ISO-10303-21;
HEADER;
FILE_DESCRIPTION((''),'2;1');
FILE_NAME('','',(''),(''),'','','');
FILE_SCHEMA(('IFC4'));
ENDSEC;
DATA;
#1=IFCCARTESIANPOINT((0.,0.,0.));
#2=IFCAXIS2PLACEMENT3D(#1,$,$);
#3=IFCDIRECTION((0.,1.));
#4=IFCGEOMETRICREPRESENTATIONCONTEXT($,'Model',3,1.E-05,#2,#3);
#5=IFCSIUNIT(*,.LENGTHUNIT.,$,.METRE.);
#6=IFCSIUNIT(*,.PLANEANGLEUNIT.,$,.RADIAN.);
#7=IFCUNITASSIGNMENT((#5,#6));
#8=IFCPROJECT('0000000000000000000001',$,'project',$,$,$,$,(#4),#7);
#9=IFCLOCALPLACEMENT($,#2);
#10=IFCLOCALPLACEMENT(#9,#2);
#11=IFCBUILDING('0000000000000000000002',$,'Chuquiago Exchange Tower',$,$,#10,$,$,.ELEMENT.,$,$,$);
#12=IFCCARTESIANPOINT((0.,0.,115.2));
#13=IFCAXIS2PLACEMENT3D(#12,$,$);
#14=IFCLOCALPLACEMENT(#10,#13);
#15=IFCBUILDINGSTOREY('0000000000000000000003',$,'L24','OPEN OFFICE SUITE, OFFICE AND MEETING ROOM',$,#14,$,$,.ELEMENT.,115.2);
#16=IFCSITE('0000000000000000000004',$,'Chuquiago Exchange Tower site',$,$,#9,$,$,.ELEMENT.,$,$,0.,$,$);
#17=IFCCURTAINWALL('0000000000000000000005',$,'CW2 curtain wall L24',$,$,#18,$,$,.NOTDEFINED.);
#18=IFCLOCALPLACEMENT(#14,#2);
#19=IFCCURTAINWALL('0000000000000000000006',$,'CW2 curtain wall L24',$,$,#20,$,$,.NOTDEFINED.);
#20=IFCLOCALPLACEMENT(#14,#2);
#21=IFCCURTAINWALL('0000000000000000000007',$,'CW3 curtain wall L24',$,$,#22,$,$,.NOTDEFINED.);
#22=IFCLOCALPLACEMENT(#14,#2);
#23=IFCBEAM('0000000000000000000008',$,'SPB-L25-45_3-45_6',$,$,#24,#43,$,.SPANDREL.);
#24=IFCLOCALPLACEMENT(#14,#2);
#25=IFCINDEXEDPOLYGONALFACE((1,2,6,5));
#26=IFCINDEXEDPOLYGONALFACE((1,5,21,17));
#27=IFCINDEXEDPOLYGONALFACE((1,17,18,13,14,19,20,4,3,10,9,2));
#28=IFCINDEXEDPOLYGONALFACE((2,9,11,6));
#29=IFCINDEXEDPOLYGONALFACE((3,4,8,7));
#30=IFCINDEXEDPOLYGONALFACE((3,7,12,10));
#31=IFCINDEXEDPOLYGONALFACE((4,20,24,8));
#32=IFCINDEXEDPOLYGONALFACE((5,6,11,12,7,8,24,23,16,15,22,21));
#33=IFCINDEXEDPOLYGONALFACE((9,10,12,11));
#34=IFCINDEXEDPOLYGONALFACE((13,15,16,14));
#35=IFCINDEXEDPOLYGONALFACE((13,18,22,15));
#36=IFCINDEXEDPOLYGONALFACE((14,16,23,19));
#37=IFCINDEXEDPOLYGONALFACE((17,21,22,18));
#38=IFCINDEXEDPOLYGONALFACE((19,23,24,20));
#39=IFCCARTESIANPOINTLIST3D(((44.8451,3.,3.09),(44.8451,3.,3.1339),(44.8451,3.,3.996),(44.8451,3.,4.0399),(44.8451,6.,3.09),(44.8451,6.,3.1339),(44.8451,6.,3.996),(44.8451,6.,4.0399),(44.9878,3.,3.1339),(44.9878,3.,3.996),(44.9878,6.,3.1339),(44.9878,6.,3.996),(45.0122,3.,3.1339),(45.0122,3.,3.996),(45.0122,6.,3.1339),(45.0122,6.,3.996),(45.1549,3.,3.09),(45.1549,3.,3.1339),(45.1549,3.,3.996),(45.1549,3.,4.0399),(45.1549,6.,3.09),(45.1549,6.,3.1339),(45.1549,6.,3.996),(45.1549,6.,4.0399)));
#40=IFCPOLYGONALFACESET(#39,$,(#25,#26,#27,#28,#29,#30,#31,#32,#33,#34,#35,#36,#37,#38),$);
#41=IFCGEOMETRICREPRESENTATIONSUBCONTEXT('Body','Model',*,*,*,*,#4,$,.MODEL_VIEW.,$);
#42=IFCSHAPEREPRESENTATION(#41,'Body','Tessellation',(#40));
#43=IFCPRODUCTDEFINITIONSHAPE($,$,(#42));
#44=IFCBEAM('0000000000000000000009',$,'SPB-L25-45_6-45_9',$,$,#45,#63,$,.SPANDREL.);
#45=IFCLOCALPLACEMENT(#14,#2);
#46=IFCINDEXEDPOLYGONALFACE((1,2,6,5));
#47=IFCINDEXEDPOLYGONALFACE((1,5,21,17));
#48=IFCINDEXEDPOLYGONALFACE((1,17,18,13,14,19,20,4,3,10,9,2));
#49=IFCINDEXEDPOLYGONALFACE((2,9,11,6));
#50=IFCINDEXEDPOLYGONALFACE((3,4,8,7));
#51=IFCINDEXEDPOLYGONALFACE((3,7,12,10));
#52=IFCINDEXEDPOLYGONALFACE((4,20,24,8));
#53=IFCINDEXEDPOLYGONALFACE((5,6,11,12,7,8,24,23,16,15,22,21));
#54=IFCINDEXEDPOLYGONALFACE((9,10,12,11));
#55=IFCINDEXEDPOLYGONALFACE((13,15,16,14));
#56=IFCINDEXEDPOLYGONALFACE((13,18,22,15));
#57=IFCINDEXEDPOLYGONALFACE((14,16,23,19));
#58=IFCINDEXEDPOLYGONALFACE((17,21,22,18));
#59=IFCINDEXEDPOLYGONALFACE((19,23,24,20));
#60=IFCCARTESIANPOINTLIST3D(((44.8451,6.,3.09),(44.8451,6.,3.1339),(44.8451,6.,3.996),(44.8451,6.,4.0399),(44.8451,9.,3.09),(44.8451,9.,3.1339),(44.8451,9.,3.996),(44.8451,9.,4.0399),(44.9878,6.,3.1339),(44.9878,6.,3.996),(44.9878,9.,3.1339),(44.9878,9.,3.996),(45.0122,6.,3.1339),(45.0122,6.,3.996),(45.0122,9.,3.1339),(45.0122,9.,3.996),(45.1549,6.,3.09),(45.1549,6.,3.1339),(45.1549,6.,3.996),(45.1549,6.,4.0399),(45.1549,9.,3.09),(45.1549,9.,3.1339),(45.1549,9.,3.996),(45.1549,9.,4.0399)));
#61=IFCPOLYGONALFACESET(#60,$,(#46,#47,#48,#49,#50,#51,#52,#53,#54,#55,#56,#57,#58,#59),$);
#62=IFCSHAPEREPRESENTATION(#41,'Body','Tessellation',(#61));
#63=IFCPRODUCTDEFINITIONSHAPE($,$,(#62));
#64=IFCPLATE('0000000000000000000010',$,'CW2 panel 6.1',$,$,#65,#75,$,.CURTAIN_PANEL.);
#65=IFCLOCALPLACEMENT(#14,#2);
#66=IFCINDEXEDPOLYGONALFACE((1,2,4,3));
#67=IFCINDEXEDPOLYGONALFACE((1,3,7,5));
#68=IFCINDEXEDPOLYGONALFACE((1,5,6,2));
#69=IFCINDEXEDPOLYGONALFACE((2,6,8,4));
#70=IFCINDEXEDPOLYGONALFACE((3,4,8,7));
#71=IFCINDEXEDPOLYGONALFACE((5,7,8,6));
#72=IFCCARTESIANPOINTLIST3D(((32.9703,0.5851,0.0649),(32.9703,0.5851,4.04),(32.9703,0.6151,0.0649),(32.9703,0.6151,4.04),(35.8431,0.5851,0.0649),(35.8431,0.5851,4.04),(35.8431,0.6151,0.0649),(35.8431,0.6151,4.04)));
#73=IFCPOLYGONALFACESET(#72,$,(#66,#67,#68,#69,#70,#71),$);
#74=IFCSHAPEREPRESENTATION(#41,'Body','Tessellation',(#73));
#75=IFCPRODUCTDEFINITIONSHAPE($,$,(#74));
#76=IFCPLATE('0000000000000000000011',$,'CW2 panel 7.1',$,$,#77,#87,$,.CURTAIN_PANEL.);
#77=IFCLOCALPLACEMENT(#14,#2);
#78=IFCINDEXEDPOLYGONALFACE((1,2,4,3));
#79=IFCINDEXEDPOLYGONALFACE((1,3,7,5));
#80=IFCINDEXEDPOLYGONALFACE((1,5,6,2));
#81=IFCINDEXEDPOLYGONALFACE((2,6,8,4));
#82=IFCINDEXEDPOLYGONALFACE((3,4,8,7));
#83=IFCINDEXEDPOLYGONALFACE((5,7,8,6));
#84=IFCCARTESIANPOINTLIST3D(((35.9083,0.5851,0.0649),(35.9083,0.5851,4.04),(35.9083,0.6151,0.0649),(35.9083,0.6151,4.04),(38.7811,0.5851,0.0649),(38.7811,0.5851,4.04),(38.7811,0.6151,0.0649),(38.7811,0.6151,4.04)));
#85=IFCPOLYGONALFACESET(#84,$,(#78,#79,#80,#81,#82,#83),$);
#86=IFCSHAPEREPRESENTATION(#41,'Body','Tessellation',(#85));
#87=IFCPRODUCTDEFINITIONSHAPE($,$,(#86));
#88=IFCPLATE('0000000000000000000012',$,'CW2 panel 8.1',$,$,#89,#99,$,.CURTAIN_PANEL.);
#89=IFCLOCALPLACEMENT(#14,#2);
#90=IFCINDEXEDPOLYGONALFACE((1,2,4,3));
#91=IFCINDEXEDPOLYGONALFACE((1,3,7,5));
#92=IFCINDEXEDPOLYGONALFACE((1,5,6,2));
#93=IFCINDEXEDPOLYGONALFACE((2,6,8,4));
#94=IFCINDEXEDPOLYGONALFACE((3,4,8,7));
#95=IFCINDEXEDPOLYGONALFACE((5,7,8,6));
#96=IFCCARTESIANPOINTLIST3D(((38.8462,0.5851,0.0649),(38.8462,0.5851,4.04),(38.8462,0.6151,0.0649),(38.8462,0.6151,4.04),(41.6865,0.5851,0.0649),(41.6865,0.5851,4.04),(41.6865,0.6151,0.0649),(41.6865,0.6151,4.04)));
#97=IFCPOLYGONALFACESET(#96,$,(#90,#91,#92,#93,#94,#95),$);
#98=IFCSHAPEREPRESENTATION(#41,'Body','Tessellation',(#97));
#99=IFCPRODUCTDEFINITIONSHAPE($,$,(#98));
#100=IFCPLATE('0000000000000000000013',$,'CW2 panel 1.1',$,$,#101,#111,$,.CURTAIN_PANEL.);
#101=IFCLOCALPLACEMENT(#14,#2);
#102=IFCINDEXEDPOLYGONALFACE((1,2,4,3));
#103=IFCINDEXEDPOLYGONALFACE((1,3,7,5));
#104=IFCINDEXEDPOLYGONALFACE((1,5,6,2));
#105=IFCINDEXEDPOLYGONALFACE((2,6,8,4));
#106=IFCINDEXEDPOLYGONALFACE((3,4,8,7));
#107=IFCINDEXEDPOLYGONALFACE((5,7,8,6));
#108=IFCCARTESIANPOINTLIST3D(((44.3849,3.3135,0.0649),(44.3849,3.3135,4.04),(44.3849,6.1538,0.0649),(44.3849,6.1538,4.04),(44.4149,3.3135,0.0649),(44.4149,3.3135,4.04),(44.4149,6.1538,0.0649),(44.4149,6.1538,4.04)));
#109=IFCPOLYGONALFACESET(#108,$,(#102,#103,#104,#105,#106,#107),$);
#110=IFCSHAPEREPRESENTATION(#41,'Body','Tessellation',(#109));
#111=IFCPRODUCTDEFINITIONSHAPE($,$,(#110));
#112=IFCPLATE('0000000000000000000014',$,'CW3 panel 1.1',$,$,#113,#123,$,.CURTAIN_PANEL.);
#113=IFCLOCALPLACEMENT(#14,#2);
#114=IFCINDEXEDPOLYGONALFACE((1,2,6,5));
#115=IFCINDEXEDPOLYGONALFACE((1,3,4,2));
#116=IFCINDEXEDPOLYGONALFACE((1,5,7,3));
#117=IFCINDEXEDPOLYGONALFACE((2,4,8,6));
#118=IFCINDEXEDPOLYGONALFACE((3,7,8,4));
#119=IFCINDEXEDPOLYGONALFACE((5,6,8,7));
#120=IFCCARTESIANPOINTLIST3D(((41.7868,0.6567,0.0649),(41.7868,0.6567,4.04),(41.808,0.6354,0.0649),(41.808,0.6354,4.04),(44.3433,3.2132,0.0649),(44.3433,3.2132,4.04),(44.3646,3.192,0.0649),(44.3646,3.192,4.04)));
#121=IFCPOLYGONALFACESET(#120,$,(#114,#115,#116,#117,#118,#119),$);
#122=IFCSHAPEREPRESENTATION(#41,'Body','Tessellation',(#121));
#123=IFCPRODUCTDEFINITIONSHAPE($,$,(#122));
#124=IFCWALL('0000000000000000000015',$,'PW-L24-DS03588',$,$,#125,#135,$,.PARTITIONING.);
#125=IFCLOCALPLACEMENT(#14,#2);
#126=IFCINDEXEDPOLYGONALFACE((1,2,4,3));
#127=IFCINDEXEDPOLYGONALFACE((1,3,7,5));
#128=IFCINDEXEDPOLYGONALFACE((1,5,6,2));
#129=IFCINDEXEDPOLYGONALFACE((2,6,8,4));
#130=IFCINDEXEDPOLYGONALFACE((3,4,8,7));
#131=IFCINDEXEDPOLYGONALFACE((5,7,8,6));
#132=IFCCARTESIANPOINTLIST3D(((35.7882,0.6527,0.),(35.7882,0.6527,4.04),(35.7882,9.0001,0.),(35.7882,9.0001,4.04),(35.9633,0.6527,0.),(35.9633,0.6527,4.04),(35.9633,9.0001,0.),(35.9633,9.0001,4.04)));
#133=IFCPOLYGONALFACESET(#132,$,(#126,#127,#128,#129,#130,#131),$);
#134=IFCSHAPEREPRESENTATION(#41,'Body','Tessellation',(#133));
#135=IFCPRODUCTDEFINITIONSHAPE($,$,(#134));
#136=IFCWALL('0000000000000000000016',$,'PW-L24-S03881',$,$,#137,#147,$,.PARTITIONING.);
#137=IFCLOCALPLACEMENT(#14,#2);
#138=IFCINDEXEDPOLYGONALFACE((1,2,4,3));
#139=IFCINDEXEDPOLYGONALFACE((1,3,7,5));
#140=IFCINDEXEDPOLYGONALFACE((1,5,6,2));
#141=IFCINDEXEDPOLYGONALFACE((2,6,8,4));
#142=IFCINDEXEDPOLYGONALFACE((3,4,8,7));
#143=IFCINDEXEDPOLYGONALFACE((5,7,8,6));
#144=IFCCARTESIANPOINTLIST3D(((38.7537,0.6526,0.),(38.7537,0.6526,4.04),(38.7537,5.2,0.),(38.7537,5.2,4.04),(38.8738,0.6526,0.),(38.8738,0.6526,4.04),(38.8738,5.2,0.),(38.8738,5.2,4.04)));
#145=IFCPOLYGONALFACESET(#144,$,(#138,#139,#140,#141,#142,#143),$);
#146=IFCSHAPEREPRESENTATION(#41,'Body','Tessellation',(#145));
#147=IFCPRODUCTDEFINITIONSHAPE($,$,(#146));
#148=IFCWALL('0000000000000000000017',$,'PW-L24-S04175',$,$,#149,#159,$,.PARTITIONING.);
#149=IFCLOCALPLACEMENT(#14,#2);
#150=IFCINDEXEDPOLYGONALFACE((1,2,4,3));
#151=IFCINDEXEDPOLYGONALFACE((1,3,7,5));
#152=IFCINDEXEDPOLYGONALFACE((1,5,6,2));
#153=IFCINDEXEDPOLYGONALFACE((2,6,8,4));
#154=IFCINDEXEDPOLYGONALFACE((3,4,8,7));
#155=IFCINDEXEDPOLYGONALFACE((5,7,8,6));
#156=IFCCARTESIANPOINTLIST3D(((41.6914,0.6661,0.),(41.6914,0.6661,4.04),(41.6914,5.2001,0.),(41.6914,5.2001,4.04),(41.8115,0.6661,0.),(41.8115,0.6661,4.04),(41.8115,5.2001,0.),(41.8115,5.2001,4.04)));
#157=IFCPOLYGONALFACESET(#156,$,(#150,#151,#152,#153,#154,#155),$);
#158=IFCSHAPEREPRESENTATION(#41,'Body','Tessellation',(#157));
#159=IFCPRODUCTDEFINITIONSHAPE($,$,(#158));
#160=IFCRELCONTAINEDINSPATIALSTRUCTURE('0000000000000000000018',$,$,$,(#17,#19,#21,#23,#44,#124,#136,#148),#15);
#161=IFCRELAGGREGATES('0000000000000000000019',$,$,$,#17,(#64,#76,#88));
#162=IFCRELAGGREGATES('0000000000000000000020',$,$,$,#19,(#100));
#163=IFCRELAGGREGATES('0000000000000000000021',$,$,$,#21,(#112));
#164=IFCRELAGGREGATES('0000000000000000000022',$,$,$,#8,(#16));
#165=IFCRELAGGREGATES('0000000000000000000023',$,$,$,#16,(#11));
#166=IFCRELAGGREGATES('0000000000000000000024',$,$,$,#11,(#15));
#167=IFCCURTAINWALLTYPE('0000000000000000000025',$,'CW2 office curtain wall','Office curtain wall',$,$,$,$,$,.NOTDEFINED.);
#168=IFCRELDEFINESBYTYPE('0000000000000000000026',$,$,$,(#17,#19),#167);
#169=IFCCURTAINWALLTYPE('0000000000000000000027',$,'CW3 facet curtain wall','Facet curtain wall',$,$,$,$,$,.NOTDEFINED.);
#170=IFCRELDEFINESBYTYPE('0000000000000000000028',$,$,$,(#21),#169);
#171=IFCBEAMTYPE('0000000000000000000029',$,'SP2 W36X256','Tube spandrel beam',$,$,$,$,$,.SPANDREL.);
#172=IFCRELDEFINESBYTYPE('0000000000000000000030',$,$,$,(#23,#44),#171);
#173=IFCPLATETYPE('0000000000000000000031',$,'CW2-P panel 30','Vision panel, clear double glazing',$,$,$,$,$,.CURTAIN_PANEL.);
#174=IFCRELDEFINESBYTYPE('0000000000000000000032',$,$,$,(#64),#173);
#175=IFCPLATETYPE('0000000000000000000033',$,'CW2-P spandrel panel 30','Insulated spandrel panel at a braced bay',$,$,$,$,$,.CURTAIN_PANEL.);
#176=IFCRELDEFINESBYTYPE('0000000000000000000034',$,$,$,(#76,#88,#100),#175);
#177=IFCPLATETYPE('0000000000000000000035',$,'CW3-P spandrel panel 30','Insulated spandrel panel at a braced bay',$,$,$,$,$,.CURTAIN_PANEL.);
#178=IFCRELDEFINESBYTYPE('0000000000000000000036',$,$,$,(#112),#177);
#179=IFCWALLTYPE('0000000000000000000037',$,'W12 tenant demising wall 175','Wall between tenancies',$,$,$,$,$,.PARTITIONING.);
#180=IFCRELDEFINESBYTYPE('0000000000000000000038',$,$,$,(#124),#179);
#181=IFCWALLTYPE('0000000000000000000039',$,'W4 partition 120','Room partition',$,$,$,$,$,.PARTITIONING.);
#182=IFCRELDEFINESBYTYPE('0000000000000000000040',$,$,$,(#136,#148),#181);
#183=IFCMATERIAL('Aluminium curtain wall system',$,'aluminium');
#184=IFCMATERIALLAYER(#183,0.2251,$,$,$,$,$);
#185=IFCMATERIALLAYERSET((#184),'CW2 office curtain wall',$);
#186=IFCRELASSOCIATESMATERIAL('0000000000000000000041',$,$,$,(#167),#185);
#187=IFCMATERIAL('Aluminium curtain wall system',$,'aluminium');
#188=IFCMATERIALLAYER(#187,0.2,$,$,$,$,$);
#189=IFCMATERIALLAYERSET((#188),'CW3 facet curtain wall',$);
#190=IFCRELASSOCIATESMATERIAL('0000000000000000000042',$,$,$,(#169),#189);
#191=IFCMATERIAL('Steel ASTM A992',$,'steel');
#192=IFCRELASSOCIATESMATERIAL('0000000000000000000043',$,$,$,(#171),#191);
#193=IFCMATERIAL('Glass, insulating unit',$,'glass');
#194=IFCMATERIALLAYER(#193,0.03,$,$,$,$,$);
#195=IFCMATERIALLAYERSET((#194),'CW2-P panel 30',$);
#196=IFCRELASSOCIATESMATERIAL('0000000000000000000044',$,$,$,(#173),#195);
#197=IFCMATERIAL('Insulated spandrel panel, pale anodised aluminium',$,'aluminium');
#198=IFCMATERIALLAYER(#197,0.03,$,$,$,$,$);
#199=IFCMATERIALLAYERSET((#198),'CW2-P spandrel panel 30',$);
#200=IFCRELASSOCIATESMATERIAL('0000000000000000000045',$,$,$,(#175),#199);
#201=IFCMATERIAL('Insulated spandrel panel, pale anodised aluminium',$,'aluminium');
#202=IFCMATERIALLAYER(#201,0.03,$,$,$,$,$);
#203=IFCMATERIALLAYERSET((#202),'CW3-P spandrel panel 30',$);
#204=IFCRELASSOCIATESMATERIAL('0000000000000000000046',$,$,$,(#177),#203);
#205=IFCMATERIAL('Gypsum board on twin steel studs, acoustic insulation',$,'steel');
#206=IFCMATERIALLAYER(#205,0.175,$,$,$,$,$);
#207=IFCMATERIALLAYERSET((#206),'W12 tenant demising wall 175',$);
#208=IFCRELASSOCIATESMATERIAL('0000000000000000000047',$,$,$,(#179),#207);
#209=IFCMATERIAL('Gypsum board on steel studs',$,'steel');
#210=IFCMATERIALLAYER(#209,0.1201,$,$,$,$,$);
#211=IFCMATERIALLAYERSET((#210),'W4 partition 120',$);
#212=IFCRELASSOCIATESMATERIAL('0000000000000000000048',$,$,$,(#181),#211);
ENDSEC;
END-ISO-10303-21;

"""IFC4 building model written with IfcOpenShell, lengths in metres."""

from ifc_helpers import new_model, si_unit, direction, frame, frame_2d, origin, origin_2d, place, context, subcontext, project, spatial, rectangle, i_section, extrude, material, layer, layer_set, material_profile, profile_set, type_object, element, aggregate, save


model = new_model("IFC4")

# Units and contexts
model_context = context("Model", 3, precision=1e-05, world=origin(), true_north=direction((0.0, 1.0)))
body_context = subcontext(model_context, "Body", "Model", "MODEL_VIEW")
ifc_project = project(units=[si_unit("LENGTHUNIT", "METRE"), si_unit("PLANEANGLEUNIT", "RADIAN")], contexts=[model_context])

# Site, building, storey
site_placement = place(None, origin())
site = spatial("IfcSite", under=ifc_project, at=site_placement, Name="Chuquiago Exchange Tower site", CompositionType="ELEMENT", RefElevation=0.0)
building_placement = place(site_placement, origin())
building = spatial("IfcBuilding", under=site, at=building_placement, Name="Chuquiago Exchange Tower", CompositionType="ELEMENT")
storey_placement = place(building_placement, frame((0.0, 0.0, 115.2)))
storey = spatial("IfcBuildingStorey", under=building, at=storey_placement, Name="L24", Description="OPEN OFFICE SUITE, OFFICE AND MEETING ROOM", CompositionType="ELEMENT", Elevation=115.2)

# Curtain walls
ifc_material_1 = material(Name="Aluminium curtain wall system", Category="aluminium")
ifc_layer_1 = layer(ifc_material_1, 0.2251)
ifc_layer_set_1 = layer_set([ifc_layer_1], Name="CW2 office curtain wall")
curtain_wall_type_1 = type_object("IfcCurtainWallType", Name="CW2 office curtain wall", Description="Office curtain wall", PredefinedType="NOTDEFINED", material=ifc_layer_set_1)
curtain_wall_1_placement = place(storey_placement, origin())
curtain_wall_1 = element("IfcCurtainWall", 1, at=curtain_wall_1_placement, inside=storey, type_object=curtain_wall_type_1, Name="CW2 curtain wall L24", PredefinedType="NOTDEFINED")
curtain_wall_2_placement = place(storey_placement, origin())
curtain_wall_2 = element("IfcCurtainWall", 2, at=curtain_wall_2_placement, inside=storey, type_object=curtain_wall_type_1, Name="CW2 curtain wall L24", PredefinedType="NOTDEFINED")

# Curtain wall
ifc_material_2 = material(Name="Aluminium curtain wall system", Category="aluminium")
ifc_layer_2 = layer(ifc_material_2, 0.2)
ifc_layer_set_2 = layer_set([ifc_layer_2], Name="CW3 facet curtain wall")
curtain_wall_type_2 = type_object("IfcCurtainWallType", Name="CW3 facet curtain wall", Description="Facet curtain wall", PredefinedType="NOTDEFINED", material=ifc_layer_set_2)
curtain_wall_3_placement = place(storey_placement, origin())
curtain_wall_3 = element("IfcCurtainWall", 3, at=curtain_wall_3_placement, inside=storey, type_object=curtain_wall_type_2, Name="CW3 curtain wall L24", PredefinedType="NOTDEFINED")

# Beams
ifc_material_3 = material(Name="Steel ASTM A992", Category="steel")
ifc_material_profile_1 = material_profile(ifc_material_3, i_section(OverallWidth=0.3098, OverallDepth=0.95, WebThickness=0.0244, FlangeThickness=0.0439, at=origin_2d()), Name="W36X256")
ifc_profile_set_1 = profile_set([ifc_material_profile_1], Name="Steel ASTM A992")
beam_type = type_object("IfcBeamType", Name="SP2 W36X256", Description="Tube spandrel beam", PredefinedType="SPANDREL", material=ifc_profile_set_1)
for number, where, z_axis, x_axis, name in (
    (4, (45.0, 3.0, 3.5649), (0.0, 1.0, 0.0), (-1.0, 0.0, 0.0), "SPB-L25-45_3-45_6"),
    (5, (45.0, 6.0, 3.5649), (0.0, 1.0, 0.0), (-1.0, 0.0, 0.0), "SPB-L25-45_6-45_9"),
):
    element("IfcBeam", number, at=place(storey_placement, frame(where, z_axis=z_axis, x_axis=x_axis)), inside=storey, type_object=beam_type, Name=name, PredefinedType="SPANDREL", context=body_context, shape_type="SweptSolid", body=[
        extrude(i_section(OverallWidth=0.3098, OverallDepth=0.95, WebThickness=0.0244, FlangeThickness=0.0439, at=origin_2d()), origin(), (0.0, 0.0, 1.0), 3.0),
    ])

# Plates
ifc_material_4 = material(Name="Glass, insulating unit", Category="glass")
ifc_layer_3 = layer(ifc_material_4, 0.03)
ifc_layer_set_3 = layer_set([ifc_layer_3], Name="CW2-P panel 30")
plate_type_1 = type_object("IfcPlateType", Name="CW2-P panel 30", Description="Vision panel, clear double glazing", PredefinedType="CURTAIN_PANEL", material=ifc_layer_set_3)
plate_1_placement = place(storey_placement, frame((34.4067, 0.6001, 0.0649), z_axis=(0.0, 0.0, 1.0), x_axis=(1.0, 0.0, 0.0)))
plate_1 = element("IfcPlate", 6, at=plate_1_placement, type_object=plate_type_1, Name="CW2 panel 6.1", PredefinedType="CURTAIN_PANEL", context=body_context, shape_type="SweptSolid", body=[
    extrude(rectangle(XDim=2.8728, YDim=0.03, at=origin_2d()), origin(), (0.0, 0.0, 1.0), 3.9751),
])
ifc_material_5 = material(Name="Insulated spandrel panel, pale anodised aluminium", Category="aluminium")
ifc_layer_4 = layer(ifc_material_5, 0.03)
ifc_layer_set_4 = layer_set([ifc_layer_4], Name="CW2-P spandrel panel 30")
plate_type_2 = type_object("IfcPlateType", Name="CW2-P spandrel panel 30", Description="Insulated spandrel panel at a braced bay", PredefinedType="CURTAIN_PANEL", material=ifc_layer_set_4)
plate_2_placement = place(storey_placement, frame((37.3447, 0.6001, 0.0649), z_axis=(0.0, 0.0, 1.0), x_axis=(1.0, 0.0, 0.0)))
plate_2 = element("IfcPlate", 7, at=plate_2_placement, type_object=plate_type_2, Name="CW2 panel 7.1", PredefinedType="CURTAIN_PANEL", context=body_context, shape_type="SweptSolid", body=[
    extrude(rectangle(XDim=2.8728, YDim=0.03, at=origin_2d()), origin(), (0.0, 0.0, 1.0), 3.9751),
])
plate_3_placement = place(storey_placement, frame((40.2664, 0.6001, 0.0649), z_axis=(0.0, 0.0, 1.0), x_axis=(1.0, 0.0, 0.0)))
plate_3 = element("IfcPlate", 8, at=plate_3_placement, type_object=plate_type_2, Name="CW2 panel 8.1", PredefinedType="CURTAIN_PANEL", context=body_context, shape_type="SweptSolid", body=[
    extrude(rectangle(XDim=2.8403, YDim=0.03, at=origin_2d()), origin(), (0.0, 0.0, 1.0), 3.9751),
])
aggregate(curtain_wall_1, [plate_1, plate_2, plate_3])
plate_4_placement = place(storey_placement, frame((44.3999, 4.7336, 0.0649), z_axis=(0.0, 0.0, 1.0), x_axis=(0.0, 1.0, 0.0)))
plate_4 = element("IfcPlate", 9, at=plate_4_placement, type_object=plate_type_2, Name="CW2 panel 1.1", PredefinedType="CURTAIN_PANEL", context=body_context, shape_type="SweptSolid", body=[
    extrude(rectangle(XDim=2.8403, YDim=0.03, at=origin_2d()), origin(), (0.0, 0.0, 1.0), 3.9751),
])
aggregate(curtain_wall_2, [plate_4])
ifc_material_6 = material(Name="Insulated spandrel panel, pale anodised aluminium", Category="aluminium")
ifc_layer_5 = layer(ifc_material_6, 0.03)
ifc_layer_set_5 = layer_set([ifc_layer_5], Name="CW3-P spandrel panel 30")
plate_type_3 = type_object("IfcPlateType", Name="CW3-P spandrel panel 30", Description="Insulated spandrel panel at a braced bay", PredefinedType="CURTAIN_PANEL", material=ifc_layer_set_5)
plate_5_placement = place(storey_placement, frame((43.0757, 1.9243, 0.0649), z_axis=(0.0, 0.0, 1.0), x_axis=(0.707107, 0.707107, 0.0)))
plate_5 = element("IfcPlate", 10, at=plate_5_placement, type_object=plate_type_3, Name="CW3 panel 1.1", PredefinedType="CURTAIN_PANEL", context=body_context, shape_type="SweptSolid", body=[
    extrude(rectangle(XDim=3.6155, YDim=0.03, at=origin_2d()), origin(), (0.0, 0.0, 1.0), 3.9751),
])
aggregate(curtain_wall_3, [plate_5])

# Walls
ifc_material_7 = material(Name="Gypsum board on twin steel studs, acoustic insulation", Category="steel")
ifc_layer_6 = layer(ifc_material_7, 0.175)
ifc_layer_set_6 = layer_set([ifc_layer_6], Name="W12 tenant demising wall 175")
wall_type_1 = type_object("IfcWallType", Name="W12 tenant demising wall 175", Description="Wall between tenancies", PredefinedType="PARTITIONING", material=ifc_layer_set_6)
wall_1_placement = place(storey_placement, frame((35.8757, 0.6526, 0.0), z_axis=(0.0, 0.0, 1.0), x_axis=(0.0, 1.0, 0.0)))
element("IfcWall", 11, at=wall_1_placement, inside=storey, type_object=wall_type_1, Name="PW-L24-DS03588", PredefinedType="PARTITIONING", context=body_context, shape_type="SweptSolid", body=[
    extrude(rectangle(XDim=8.3474, YDim=0.175, at=frame_2d((4.1738, 0.0))), origin(), (0.0, 0.0, 1.0), 4.04),
])
ifc_material_8 = material(Name="Gypsum board on steel studs", Category="steel")
ifc_layer_7 = layer(ifc_material_8, 0.1201)
ifc_layer_set_7 = layer_set([ifc_layer_7], Name="W4 partition 120")
wall_type_2 = type_object("IfcWallType", Name="W4 partition 120", Description="Room partition", PredefinedType="PARTITIONING", material=ifc_layer_set_7)
wall_2_placement = place(storey_placement, frame((38.8137, 0.6526, 0.0), z_axis=(0.0, 0.0, 1.0), x_axis=(0.0, 1.0, 0.0)))
element("IfcWall", 12, at=wall_2_placement, inside=storey, type_object=wall_type_2, Name="PW-L24-S03881", PredefinedType="PARTITIONING", context=body_context, shape_type="SweptSolid", body=[
    extrude(rectangle(XDim=4.5474, YDim=0.1201, at=frame_2d((2.2737, 0.0))), origin(), (0.0, 0.0, 1.0), 4.04),
])
wall_3_placement = place(storey_placement, frame((41.7515, 0.666, 0.0), z_axis=(0.0, 0.0, 1.0), x_axis=(0.0, 1.0, 0.0)))
element("IfcWall", 13, at=wall_3_placement, inside=storey, type_object=wall_type_2, Name="PW-L24-S04175", PredefinedType="PARTITIONING", context=body_context, shape_type="SweptSolid", body=[
    extrude(rectangle(XDim=4.5339, YDim=0.1201, at=frame_2d((2.2671, 0.0))), origin(), (0.0, 0.0, 1.0), 4.04),
])

save(model, "model.ifc")
